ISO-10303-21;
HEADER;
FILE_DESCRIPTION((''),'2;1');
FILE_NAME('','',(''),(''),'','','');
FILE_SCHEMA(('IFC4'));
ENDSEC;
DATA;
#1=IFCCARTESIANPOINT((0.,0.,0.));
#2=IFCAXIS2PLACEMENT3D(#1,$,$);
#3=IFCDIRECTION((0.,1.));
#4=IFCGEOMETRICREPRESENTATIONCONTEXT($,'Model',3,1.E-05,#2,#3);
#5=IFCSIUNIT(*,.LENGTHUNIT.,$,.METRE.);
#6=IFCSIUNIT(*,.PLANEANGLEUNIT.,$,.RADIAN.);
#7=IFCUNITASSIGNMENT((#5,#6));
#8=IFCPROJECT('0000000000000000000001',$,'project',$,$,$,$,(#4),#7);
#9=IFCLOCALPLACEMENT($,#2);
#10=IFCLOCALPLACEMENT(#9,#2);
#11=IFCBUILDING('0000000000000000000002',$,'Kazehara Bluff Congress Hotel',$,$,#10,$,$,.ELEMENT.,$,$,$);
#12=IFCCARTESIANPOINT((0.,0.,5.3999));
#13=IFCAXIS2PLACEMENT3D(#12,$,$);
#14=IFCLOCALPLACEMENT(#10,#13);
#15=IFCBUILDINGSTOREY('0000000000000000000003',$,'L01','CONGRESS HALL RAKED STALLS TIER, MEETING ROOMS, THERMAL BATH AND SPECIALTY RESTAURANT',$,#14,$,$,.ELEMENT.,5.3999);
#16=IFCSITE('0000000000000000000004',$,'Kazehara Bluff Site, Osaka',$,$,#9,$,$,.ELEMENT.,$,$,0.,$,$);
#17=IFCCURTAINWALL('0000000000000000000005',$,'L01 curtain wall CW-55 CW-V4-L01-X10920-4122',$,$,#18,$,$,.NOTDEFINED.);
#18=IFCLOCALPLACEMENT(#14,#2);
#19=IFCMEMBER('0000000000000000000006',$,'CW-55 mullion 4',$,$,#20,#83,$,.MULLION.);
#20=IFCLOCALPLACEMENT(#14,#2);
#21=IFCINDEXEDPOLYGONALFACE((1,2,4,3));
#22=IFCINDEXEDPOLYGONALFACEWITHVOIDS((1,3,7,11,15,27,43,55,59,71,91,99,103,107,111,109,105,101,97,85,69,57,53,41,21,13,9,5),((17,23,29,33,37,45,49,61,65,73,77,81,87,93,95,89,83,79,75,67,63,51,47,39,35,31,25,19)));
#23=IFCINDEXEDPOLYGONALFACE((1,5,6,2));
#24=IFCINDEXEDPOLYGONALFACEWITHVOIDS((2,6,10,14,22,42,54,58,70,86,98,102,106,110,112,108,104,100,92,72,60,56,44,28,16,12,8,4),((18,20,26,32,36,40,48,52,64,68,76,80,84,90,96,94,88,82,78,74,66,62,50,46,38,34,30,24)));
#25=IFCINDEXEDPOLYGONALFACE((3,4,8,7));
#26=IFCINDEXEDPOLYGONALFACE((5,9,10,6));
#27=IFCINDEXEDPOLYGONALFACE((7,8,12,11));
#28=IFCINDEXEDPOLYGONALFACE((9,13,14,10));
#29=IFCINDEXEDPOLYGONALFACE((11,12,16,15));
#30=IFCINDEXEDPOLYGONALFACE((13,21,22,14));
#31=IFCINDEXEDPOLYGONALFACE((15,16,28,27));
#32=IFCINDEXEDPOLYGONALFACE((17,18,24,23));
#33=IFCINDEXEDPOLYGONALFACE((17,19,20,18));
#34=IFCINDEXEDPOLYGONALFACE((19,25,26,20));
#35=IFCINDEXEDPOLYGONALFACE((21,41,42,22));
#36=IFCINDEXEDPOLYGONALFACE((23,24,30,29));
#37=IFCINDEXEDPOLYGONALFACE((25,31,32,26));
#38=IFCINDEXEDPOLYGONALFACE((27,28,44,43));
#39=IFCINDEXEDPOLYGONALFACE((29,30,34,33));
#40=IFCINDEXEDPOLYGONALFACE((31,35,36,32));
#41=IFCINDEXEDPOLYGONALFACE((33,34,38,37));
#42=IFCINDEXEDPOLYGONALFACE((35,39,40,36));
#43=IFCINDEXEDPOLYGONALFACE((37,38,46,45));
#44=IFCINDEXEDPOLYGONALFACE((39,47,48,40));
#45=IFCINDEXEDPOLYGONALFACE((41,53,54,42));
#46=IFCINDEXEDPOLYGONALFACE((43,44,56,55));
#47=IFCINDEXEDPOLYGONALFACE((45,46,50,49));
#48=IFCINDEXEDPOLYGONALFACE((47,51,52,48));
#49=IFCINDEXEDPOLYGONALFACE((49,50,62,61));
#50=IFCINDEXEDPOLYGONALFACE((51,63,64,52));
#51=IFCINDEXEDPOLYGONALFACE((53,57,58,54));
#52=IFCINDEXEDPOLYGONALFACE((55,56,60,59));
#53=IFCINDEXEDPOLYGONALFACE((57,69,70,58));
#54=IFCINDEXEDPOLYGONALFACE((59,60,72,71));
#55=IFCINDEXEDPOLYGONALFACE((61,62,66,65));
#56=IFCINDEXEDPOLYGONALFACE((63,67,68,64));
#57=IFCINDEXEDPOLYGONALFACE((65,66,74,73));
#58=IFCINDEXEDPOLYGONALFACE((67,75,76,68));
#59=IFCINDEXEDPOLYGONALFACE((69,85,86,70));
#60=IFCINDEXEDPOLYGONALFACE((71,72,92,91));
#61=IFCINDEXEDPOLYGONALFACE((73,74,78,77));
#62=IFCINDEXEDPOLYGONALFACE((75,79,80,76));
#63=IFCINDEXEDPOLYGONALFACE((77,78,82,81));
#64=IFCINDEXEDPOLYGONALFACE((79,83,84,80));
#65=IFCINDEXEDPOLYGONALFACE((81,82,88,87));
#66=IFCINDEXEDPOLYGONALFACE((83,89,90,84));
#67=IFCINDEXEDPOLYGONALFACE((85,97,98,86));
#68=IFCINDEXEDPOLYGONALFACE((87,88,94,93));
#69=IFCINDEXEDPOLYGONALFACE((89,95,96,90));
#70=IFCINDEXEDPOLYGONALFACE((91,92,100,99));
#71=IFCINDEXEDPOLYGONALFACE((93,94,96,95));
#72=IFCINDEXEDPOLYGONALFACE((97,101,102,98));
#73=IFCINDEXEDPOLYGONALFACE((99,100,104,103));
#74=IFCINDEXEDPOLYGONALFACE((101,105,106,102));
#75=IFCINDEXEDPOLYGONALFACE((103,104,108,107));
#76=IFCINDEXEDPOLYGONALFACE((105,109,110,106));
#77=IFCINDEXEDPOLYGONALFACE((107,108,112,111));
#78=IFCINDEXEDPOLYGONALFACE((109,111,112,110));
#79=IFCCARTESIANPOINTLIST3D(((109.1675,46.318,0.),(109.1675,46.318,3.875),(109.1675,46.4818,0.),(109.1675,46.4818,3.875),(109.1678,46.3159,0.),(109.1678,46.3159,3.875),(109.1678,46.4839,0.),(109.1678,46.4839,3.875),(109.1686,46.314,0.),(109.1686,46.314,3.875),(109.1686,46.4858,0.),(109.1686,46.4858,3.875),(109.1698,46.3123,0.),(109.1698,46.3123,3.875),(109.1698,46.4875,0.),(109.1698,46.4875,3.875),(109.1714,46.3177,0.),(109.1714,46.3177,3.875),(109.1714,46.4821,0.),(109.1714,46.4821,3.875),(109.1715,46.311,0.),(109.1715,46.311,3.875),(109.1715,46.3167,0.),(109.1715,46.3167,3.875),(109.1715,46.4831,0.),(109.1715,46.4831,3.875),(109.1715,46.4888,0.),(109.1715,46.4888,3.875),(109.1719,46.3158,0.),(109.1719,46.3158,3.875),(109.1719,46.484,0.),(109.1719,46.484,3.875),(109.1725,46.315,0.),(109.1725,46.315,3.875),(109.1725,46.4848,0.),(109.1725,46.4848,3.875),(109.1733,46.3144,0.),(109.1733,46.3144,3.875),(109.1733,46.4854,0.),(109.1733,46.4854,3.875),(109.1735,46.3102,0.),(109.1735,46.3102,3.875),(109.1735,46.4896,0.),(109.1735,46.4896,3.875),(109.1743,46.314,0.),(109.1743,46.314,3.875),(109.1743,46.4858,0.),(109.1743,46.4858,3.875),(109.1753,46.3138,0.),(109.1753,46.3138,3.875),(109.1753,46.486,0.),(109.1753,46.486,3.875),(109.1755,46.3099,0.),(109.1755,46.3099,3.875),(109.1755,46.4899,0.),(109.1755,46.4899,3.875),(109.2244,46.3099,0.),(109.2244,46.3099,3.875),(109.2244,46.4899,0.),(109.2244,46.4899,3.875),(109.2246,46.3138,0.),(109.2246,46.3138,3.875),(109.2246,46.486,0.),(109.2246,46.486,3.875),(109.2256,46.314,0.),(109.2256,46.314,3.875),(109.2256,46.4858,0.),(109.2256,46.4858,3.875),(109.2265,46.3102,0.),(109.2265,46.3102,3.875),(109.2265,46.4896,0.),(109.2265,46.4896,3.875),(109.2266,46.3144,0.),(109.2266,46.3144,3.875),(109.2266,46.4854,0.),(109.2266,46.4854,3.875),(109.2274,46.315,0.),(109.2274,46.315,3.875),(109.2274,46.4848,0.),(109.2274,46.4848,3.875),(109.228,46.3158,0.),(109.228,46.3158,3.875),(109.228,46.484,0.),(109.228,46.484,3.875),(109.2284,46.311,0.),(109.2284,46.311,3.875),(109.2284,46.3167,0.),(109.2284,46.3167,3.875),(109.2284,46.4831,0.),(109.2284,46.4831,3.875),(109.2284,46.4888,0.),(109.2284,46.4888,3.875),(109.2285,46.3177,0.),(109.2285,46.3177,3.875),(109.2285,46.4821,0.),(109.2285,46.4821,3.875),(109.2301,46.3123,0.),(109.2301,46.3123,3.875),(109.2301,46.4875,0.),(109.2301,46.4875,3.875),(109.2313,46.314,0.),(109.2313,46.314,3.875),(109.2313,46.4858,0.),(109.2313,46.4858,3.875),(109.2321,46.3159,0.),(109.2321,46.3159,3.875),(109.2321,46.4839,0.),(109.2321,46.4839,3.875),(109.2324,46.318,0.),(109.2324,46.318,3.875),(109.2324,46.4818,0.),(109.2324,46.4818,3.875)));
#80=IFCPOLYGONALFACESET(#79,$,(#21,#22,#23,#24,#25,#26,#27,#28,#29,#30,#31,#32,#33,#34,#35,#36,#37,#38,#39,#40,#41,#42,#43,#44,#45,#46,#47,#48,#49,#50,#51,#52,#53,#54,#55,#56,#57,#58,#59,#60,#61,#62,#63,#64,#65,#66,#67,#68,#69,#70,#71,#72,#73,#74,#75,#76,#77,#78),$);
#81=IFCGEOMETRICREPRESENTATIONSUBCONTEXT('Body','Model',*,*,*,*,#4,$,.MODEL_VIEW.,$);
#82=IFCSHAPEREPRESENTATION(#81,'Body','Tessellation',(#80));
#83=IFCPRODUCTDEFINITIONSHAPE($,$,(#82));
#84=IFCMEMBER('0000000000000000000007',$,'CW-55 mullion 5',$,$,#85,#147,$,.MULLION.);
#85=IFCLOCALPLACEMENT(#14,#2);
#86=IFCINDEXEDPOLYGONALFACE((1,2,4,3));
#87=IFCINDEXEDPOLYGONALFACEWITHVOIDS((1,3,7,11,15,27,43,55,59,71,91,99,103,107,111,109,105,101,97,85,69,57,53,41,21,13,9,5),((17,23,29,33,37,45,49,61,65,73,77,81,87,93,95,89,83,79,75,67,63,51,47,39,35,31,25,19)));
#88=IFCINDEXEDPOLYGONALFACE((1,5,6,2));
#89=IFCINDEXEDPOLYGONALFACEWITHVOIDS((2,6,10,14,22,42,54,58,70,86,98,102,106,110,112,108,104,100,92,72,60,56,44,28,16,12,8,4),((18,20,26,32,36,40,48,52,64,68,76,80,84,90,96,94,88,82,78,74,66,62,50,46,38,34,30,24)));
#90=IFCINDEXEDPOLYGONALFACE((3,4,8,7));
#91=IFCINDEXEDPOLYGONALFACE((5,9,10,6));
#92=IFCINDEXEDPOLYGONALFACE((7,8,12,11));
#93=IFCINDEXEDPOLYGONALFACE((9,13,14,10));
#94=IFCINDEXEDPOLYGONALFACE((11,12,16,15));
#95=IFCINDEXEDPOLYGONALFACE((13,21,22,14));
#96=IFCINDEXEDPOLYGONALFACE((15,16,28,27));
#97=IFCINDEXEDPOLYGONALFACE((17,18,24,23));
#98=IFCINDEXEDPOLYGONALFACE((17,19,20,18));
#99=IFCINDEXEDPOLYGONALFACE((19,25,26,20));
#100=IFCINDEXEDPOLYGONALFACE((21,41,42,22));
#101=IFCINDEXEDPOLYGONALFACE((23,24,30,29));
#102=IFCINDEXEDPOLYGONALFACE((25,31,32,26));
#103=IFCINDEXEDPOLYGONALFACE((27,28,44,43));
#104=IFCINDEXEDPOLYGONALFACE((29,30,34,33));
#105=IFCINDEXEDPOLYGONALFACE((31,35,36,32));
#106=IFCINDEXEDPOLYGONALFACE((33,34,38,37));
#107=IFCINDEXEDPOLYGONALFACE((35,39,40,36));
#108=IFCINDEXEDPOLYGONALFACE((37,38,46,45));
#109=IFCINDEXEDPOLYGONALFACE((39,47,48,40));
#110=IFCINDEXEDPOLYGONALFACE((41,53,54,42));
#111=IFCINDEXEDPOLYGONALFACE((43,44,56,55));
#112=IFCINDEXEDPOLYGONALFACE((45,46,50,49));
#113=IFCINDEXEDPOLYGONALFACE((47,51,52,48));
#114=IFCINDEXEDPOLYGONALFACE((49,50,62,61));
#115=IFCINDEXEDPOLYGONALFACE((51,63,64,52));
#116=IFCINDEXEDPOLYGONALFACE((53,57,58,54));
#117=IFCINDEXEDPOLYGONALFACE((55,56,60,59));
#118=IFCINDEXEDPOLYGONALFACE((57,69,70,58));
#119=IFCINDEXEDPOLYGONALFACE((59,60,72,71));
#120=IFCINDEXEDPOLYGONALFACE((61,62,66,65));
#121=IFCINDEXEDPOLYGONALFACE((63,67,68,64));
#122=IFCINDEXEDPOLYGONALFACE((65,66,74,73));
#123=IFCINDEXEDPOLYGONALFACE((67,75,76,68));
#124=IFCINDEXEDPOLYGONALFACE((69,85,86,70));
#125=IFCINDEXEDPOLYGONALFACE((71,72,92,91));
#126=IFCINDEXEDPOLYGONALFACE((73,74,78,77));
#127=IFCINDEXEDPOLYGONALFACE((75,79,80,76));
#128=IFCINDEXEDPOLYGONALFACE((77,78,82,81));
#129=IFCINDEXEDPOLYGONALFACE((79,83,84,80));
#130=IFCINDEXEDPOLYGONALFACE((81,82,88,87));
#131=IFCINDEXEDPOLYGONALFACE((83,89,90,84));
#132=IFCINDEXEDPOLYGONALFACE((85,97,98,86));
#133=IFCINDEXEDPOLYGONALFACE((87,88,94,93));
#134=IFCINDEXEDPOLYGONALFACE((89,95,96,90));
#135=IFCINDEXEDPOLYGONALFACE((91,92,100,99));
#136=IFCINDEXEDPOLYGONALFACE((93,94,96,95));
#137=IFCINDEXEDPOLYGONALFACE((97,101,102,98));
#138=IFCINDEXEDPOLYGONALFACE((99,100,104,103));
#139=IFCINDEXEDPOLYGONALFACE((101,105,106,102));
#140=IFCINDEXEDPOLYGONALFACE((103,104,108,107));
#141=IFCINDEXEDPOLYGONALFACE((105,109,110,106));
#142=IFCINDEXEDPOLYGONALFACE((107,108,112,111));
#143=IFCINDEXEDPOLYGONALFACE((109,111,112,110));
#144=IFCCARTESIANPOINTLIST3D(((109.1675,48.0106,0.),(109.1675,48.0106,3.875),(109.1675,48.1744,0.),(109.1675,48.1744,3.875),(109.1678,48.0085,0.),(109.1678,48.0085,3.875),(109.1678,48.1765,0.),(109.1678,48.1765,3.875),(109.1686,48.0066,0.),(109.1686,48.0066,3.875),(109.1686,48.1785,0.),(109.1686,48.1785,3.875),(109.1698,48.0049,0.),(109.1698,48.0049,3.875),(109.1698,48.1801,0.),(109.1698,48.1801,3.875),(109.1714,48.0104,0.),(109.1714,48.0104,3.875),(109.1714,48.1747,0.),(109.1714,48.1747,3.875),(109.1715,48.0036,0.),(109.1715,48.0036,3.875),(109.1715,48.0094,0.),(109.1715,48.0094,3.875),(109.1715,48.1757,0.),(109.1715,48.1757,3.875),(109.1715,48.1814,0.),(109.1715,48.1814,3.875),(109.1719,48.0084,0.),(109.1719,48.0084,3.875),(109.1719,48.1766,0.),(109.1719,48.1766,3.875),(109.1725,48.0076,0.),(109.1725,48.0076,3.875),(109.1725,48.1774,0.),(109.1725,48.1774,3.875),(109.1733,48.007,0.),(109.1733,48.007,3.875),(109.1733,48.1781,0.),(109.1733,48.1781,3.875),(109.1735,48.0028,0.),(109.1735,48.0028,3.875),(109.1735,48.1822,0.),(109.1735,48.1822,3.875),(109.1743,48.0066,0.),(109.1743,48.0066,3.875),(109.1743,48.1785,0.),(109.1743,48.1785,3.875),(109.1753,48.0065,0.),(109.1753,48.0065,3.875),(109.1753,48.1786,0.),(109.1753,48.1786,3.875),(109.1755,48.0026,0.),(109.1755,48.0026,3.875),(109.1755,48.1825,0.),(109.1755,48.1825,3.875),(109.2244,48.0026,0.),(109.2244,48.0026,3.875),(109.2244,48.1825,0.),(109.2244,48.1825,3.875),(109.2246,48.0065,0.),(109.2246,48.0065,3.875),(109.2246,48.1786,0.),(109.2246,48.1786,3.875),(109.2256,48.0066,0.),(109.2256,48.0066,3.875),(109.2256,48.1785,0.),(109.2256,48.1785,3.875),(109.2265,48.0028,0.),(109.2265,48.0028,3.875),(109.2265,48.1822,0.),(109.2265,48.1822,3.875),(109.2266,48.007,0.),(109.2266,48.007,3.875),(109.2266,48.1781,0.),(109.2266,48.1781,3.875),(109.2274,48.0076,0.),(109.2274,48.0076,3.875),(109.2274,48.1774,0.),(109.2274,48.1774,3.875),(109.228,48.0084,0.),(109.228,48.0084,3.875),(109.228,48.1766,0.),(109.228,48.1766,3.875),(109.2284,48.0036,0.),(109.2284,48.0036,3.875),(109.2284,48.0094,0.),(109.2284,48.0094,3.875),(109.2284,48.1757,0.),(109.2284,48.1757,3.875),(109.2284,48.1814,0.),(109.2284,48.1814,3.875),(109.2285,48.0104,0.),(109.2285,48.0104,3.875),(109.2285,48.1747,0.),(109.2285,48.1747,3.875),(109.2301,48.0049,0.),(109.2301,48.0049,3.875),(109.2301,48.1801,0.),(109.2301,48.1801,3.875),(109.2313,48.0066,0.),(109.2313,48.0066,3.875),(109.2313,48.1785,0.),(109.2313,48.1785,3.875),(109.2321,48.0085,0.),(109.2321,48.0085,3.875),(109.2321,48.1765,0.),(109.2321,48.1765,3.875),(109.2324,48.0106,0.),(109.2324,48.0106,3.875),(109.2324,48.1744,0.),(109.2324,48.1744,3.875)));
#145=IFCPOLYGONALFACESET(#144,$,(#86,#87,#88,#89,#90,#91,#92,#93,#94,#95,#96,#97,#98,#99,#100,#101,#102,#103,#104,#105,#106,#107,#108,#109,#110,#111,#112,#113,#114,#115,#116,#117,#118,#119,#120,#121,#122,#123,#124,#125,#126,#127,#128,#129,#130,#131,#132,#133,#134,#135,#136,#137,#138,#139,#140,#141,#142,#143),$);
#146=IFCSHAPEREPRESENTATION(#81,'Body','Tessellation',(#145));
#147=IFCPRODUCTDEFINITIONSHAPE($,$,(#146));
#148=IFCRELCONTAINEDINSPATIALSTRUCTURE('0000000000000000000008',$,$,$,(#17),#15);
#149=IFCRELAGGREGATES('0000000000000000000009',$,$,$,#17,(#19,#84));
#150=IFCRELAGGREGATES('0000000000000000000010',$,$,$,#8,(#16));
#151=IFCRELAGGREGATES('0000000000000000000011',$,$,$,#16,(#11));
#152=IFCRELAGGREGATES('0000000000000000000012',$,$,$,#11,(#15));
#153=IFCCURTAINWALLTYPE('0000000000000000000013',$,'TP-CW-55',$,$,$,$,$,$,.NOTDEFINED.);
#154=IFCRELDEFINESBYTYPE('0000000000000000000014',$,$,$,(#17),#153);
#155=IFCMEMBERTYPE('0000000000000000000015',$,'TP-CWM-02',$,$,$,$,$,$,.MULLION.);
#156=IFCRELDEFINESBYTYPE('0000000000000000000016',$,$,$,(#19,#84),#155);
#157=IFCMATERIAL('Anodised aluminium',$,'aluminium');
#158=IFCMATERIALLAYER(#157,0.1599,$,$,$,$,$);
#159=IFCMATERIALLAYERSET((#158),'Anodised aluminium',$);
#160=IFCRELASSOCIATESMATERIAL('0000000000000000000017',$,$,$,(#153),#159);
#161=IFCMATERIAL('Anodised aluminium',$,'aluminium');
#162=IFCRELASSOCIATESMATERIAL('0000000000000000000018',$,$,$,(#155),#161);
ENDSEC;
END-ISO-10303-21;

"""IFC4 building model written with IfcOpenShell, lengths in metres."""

from ifc_helpers import new_model, si_unit, direction, frame, origin, origin_2d, place, context, subcontext, project, spatial, hollow_rectangle, extrude, material, layer, layer_set, material_profile, profile_set, type_object, element, aggregate, save


model = new_model("IFC4")

# Units and contexts
model_context = context("Model", 3, precision=1e-05, world=origin(), true_north=direction((0.0, 1.0)))
body_context = subcontext(model_context, "Body", "Model", "MODEL_VIEW")
ifc_project = project(units=[si_unit("LENGTHUNIT", "METRE"), si_unit("PLANEANGLEUNIT", "RADIAN")], contexts=[model_context])

# Site, building, storey
site_placement = place(None, origin())
site = spatial("IfcSite", under=ifc_project, at=site_placement, Name="Kazehara Bluff Site, Osaka", CompositionType="ELEMENT", RefElevation=0.0)
building_placement = place(site_placement, origin())
building = spatial("IfcBuilding", under=site, at=building_placement, Name="Kazehara Bluff Congress Hotel", CompositionType="ELEMENT")
storey_placement = place(building_placement, frame((0.0, 0.0, 5.3999)))
storey = spatial("IfcBuildingStorey", under=building, at=storey_placement, Name="L01", Description="CONGRESS HALL RAKED STALLS TIER, MEETING ROOMS, THERMAL BATH AND SPECIALTY RESTAURANT", CompositionType="ELEMENT", Elevation=5.3999)

# Curtain wall, members
ifc_material_1 = material(Name="Anodised aluminium", Category="aluminium")
ifc_layer_1 = layer(ifc_material_1, 0.1599)
ifc_layer_set_1 = layer_set([ifc_layer_1], Name="Anodised aluminium")
curtain_wall_type_1 = type_object("IfcCurtainWallType", Name="TP-CW-55", PredefinedType="NOTDEFINED", material=ifc_layer_set_1)
curtain_wall_1_placement = place(storey_placement, origin())
curtain_wall_1 = element("IfcCurtainWall", 1, at=curtain_wall_1_placement, inside=storey, type_object=curtain_wall_type_1, Name="L01 curtain wall CW-55 CW-V4-L01-X10920-4122", PredefinedType="NOTDEFINED")
ifc_material_2 = material(Name="Anodised aluminium", Category="aluminium")
ifc_material_profile_1 = material_profile(ifc_material_2, hollow_rectangle(XDim=0.0649, YDim=0.1799, WallThickness=0.0039, InnerFilletRadius=0.0039, OuterFilletRadius=0.0081, at=origin_2d()))
ifc_profile_set_1 = profile_set([ifc_material_profile_1], Name="Anodised aluminium")
member_type_1 = type_object("IfcMemberType", Name="TP-CWM-02", PredefinedType="MULLION", material=ifc_profile_set_1)
member_1_placement = place(storey_placement, frame((109.2, 46.3999, 0.0), z_axis=(0.0, 0.0, 1.0), x_axis=(-1.0, 0.0, 0.0)))
member_1 = element("IfcMember", 2, at=member_1_placement, type_object=member_type_1, Name="CW-55 mullion 4", PredefinedType="MULLION", context=body_context, shape_type="SweptSolid", body=[
    extrude(hollow_rectangle(XDim=0.0649, YDim=0.1799, WallThickness=0.0039, InnerFilletRadius=0.0039, OuterFilletRadius=0.0081, at=origin_2d()), origin(), (0.0, 0.0, 1.0), 3.875),
])
member_2_placement = place(storey_placement, frame((109.2, 48.0925, 0.0), z_axis=(0.0, 0.0, 1.0), x_axis=(-1.0, 0.0, 0.0)))
member_2 = element("IfcMember", 3, at=member_2_placement, type_object=member_type_1, Name="CW-55 mullion 5", PredefinedType="MULLION", context=body_context, shape_type="SweptSolid", body=[
    extrude(hollow_rectangle(XDim=0.0649, YDim=0.1799, WallThickness=0.0039, InnerFilletRadius=0.0039, OuterFilletRadius=0.0081, at=origin_2d()), origin(), (0.0, 0.0, 1.0), 3.875),
])

aggregate(curtain_wall_1, [member_1, member_2])

save(model, "model.ifc")
